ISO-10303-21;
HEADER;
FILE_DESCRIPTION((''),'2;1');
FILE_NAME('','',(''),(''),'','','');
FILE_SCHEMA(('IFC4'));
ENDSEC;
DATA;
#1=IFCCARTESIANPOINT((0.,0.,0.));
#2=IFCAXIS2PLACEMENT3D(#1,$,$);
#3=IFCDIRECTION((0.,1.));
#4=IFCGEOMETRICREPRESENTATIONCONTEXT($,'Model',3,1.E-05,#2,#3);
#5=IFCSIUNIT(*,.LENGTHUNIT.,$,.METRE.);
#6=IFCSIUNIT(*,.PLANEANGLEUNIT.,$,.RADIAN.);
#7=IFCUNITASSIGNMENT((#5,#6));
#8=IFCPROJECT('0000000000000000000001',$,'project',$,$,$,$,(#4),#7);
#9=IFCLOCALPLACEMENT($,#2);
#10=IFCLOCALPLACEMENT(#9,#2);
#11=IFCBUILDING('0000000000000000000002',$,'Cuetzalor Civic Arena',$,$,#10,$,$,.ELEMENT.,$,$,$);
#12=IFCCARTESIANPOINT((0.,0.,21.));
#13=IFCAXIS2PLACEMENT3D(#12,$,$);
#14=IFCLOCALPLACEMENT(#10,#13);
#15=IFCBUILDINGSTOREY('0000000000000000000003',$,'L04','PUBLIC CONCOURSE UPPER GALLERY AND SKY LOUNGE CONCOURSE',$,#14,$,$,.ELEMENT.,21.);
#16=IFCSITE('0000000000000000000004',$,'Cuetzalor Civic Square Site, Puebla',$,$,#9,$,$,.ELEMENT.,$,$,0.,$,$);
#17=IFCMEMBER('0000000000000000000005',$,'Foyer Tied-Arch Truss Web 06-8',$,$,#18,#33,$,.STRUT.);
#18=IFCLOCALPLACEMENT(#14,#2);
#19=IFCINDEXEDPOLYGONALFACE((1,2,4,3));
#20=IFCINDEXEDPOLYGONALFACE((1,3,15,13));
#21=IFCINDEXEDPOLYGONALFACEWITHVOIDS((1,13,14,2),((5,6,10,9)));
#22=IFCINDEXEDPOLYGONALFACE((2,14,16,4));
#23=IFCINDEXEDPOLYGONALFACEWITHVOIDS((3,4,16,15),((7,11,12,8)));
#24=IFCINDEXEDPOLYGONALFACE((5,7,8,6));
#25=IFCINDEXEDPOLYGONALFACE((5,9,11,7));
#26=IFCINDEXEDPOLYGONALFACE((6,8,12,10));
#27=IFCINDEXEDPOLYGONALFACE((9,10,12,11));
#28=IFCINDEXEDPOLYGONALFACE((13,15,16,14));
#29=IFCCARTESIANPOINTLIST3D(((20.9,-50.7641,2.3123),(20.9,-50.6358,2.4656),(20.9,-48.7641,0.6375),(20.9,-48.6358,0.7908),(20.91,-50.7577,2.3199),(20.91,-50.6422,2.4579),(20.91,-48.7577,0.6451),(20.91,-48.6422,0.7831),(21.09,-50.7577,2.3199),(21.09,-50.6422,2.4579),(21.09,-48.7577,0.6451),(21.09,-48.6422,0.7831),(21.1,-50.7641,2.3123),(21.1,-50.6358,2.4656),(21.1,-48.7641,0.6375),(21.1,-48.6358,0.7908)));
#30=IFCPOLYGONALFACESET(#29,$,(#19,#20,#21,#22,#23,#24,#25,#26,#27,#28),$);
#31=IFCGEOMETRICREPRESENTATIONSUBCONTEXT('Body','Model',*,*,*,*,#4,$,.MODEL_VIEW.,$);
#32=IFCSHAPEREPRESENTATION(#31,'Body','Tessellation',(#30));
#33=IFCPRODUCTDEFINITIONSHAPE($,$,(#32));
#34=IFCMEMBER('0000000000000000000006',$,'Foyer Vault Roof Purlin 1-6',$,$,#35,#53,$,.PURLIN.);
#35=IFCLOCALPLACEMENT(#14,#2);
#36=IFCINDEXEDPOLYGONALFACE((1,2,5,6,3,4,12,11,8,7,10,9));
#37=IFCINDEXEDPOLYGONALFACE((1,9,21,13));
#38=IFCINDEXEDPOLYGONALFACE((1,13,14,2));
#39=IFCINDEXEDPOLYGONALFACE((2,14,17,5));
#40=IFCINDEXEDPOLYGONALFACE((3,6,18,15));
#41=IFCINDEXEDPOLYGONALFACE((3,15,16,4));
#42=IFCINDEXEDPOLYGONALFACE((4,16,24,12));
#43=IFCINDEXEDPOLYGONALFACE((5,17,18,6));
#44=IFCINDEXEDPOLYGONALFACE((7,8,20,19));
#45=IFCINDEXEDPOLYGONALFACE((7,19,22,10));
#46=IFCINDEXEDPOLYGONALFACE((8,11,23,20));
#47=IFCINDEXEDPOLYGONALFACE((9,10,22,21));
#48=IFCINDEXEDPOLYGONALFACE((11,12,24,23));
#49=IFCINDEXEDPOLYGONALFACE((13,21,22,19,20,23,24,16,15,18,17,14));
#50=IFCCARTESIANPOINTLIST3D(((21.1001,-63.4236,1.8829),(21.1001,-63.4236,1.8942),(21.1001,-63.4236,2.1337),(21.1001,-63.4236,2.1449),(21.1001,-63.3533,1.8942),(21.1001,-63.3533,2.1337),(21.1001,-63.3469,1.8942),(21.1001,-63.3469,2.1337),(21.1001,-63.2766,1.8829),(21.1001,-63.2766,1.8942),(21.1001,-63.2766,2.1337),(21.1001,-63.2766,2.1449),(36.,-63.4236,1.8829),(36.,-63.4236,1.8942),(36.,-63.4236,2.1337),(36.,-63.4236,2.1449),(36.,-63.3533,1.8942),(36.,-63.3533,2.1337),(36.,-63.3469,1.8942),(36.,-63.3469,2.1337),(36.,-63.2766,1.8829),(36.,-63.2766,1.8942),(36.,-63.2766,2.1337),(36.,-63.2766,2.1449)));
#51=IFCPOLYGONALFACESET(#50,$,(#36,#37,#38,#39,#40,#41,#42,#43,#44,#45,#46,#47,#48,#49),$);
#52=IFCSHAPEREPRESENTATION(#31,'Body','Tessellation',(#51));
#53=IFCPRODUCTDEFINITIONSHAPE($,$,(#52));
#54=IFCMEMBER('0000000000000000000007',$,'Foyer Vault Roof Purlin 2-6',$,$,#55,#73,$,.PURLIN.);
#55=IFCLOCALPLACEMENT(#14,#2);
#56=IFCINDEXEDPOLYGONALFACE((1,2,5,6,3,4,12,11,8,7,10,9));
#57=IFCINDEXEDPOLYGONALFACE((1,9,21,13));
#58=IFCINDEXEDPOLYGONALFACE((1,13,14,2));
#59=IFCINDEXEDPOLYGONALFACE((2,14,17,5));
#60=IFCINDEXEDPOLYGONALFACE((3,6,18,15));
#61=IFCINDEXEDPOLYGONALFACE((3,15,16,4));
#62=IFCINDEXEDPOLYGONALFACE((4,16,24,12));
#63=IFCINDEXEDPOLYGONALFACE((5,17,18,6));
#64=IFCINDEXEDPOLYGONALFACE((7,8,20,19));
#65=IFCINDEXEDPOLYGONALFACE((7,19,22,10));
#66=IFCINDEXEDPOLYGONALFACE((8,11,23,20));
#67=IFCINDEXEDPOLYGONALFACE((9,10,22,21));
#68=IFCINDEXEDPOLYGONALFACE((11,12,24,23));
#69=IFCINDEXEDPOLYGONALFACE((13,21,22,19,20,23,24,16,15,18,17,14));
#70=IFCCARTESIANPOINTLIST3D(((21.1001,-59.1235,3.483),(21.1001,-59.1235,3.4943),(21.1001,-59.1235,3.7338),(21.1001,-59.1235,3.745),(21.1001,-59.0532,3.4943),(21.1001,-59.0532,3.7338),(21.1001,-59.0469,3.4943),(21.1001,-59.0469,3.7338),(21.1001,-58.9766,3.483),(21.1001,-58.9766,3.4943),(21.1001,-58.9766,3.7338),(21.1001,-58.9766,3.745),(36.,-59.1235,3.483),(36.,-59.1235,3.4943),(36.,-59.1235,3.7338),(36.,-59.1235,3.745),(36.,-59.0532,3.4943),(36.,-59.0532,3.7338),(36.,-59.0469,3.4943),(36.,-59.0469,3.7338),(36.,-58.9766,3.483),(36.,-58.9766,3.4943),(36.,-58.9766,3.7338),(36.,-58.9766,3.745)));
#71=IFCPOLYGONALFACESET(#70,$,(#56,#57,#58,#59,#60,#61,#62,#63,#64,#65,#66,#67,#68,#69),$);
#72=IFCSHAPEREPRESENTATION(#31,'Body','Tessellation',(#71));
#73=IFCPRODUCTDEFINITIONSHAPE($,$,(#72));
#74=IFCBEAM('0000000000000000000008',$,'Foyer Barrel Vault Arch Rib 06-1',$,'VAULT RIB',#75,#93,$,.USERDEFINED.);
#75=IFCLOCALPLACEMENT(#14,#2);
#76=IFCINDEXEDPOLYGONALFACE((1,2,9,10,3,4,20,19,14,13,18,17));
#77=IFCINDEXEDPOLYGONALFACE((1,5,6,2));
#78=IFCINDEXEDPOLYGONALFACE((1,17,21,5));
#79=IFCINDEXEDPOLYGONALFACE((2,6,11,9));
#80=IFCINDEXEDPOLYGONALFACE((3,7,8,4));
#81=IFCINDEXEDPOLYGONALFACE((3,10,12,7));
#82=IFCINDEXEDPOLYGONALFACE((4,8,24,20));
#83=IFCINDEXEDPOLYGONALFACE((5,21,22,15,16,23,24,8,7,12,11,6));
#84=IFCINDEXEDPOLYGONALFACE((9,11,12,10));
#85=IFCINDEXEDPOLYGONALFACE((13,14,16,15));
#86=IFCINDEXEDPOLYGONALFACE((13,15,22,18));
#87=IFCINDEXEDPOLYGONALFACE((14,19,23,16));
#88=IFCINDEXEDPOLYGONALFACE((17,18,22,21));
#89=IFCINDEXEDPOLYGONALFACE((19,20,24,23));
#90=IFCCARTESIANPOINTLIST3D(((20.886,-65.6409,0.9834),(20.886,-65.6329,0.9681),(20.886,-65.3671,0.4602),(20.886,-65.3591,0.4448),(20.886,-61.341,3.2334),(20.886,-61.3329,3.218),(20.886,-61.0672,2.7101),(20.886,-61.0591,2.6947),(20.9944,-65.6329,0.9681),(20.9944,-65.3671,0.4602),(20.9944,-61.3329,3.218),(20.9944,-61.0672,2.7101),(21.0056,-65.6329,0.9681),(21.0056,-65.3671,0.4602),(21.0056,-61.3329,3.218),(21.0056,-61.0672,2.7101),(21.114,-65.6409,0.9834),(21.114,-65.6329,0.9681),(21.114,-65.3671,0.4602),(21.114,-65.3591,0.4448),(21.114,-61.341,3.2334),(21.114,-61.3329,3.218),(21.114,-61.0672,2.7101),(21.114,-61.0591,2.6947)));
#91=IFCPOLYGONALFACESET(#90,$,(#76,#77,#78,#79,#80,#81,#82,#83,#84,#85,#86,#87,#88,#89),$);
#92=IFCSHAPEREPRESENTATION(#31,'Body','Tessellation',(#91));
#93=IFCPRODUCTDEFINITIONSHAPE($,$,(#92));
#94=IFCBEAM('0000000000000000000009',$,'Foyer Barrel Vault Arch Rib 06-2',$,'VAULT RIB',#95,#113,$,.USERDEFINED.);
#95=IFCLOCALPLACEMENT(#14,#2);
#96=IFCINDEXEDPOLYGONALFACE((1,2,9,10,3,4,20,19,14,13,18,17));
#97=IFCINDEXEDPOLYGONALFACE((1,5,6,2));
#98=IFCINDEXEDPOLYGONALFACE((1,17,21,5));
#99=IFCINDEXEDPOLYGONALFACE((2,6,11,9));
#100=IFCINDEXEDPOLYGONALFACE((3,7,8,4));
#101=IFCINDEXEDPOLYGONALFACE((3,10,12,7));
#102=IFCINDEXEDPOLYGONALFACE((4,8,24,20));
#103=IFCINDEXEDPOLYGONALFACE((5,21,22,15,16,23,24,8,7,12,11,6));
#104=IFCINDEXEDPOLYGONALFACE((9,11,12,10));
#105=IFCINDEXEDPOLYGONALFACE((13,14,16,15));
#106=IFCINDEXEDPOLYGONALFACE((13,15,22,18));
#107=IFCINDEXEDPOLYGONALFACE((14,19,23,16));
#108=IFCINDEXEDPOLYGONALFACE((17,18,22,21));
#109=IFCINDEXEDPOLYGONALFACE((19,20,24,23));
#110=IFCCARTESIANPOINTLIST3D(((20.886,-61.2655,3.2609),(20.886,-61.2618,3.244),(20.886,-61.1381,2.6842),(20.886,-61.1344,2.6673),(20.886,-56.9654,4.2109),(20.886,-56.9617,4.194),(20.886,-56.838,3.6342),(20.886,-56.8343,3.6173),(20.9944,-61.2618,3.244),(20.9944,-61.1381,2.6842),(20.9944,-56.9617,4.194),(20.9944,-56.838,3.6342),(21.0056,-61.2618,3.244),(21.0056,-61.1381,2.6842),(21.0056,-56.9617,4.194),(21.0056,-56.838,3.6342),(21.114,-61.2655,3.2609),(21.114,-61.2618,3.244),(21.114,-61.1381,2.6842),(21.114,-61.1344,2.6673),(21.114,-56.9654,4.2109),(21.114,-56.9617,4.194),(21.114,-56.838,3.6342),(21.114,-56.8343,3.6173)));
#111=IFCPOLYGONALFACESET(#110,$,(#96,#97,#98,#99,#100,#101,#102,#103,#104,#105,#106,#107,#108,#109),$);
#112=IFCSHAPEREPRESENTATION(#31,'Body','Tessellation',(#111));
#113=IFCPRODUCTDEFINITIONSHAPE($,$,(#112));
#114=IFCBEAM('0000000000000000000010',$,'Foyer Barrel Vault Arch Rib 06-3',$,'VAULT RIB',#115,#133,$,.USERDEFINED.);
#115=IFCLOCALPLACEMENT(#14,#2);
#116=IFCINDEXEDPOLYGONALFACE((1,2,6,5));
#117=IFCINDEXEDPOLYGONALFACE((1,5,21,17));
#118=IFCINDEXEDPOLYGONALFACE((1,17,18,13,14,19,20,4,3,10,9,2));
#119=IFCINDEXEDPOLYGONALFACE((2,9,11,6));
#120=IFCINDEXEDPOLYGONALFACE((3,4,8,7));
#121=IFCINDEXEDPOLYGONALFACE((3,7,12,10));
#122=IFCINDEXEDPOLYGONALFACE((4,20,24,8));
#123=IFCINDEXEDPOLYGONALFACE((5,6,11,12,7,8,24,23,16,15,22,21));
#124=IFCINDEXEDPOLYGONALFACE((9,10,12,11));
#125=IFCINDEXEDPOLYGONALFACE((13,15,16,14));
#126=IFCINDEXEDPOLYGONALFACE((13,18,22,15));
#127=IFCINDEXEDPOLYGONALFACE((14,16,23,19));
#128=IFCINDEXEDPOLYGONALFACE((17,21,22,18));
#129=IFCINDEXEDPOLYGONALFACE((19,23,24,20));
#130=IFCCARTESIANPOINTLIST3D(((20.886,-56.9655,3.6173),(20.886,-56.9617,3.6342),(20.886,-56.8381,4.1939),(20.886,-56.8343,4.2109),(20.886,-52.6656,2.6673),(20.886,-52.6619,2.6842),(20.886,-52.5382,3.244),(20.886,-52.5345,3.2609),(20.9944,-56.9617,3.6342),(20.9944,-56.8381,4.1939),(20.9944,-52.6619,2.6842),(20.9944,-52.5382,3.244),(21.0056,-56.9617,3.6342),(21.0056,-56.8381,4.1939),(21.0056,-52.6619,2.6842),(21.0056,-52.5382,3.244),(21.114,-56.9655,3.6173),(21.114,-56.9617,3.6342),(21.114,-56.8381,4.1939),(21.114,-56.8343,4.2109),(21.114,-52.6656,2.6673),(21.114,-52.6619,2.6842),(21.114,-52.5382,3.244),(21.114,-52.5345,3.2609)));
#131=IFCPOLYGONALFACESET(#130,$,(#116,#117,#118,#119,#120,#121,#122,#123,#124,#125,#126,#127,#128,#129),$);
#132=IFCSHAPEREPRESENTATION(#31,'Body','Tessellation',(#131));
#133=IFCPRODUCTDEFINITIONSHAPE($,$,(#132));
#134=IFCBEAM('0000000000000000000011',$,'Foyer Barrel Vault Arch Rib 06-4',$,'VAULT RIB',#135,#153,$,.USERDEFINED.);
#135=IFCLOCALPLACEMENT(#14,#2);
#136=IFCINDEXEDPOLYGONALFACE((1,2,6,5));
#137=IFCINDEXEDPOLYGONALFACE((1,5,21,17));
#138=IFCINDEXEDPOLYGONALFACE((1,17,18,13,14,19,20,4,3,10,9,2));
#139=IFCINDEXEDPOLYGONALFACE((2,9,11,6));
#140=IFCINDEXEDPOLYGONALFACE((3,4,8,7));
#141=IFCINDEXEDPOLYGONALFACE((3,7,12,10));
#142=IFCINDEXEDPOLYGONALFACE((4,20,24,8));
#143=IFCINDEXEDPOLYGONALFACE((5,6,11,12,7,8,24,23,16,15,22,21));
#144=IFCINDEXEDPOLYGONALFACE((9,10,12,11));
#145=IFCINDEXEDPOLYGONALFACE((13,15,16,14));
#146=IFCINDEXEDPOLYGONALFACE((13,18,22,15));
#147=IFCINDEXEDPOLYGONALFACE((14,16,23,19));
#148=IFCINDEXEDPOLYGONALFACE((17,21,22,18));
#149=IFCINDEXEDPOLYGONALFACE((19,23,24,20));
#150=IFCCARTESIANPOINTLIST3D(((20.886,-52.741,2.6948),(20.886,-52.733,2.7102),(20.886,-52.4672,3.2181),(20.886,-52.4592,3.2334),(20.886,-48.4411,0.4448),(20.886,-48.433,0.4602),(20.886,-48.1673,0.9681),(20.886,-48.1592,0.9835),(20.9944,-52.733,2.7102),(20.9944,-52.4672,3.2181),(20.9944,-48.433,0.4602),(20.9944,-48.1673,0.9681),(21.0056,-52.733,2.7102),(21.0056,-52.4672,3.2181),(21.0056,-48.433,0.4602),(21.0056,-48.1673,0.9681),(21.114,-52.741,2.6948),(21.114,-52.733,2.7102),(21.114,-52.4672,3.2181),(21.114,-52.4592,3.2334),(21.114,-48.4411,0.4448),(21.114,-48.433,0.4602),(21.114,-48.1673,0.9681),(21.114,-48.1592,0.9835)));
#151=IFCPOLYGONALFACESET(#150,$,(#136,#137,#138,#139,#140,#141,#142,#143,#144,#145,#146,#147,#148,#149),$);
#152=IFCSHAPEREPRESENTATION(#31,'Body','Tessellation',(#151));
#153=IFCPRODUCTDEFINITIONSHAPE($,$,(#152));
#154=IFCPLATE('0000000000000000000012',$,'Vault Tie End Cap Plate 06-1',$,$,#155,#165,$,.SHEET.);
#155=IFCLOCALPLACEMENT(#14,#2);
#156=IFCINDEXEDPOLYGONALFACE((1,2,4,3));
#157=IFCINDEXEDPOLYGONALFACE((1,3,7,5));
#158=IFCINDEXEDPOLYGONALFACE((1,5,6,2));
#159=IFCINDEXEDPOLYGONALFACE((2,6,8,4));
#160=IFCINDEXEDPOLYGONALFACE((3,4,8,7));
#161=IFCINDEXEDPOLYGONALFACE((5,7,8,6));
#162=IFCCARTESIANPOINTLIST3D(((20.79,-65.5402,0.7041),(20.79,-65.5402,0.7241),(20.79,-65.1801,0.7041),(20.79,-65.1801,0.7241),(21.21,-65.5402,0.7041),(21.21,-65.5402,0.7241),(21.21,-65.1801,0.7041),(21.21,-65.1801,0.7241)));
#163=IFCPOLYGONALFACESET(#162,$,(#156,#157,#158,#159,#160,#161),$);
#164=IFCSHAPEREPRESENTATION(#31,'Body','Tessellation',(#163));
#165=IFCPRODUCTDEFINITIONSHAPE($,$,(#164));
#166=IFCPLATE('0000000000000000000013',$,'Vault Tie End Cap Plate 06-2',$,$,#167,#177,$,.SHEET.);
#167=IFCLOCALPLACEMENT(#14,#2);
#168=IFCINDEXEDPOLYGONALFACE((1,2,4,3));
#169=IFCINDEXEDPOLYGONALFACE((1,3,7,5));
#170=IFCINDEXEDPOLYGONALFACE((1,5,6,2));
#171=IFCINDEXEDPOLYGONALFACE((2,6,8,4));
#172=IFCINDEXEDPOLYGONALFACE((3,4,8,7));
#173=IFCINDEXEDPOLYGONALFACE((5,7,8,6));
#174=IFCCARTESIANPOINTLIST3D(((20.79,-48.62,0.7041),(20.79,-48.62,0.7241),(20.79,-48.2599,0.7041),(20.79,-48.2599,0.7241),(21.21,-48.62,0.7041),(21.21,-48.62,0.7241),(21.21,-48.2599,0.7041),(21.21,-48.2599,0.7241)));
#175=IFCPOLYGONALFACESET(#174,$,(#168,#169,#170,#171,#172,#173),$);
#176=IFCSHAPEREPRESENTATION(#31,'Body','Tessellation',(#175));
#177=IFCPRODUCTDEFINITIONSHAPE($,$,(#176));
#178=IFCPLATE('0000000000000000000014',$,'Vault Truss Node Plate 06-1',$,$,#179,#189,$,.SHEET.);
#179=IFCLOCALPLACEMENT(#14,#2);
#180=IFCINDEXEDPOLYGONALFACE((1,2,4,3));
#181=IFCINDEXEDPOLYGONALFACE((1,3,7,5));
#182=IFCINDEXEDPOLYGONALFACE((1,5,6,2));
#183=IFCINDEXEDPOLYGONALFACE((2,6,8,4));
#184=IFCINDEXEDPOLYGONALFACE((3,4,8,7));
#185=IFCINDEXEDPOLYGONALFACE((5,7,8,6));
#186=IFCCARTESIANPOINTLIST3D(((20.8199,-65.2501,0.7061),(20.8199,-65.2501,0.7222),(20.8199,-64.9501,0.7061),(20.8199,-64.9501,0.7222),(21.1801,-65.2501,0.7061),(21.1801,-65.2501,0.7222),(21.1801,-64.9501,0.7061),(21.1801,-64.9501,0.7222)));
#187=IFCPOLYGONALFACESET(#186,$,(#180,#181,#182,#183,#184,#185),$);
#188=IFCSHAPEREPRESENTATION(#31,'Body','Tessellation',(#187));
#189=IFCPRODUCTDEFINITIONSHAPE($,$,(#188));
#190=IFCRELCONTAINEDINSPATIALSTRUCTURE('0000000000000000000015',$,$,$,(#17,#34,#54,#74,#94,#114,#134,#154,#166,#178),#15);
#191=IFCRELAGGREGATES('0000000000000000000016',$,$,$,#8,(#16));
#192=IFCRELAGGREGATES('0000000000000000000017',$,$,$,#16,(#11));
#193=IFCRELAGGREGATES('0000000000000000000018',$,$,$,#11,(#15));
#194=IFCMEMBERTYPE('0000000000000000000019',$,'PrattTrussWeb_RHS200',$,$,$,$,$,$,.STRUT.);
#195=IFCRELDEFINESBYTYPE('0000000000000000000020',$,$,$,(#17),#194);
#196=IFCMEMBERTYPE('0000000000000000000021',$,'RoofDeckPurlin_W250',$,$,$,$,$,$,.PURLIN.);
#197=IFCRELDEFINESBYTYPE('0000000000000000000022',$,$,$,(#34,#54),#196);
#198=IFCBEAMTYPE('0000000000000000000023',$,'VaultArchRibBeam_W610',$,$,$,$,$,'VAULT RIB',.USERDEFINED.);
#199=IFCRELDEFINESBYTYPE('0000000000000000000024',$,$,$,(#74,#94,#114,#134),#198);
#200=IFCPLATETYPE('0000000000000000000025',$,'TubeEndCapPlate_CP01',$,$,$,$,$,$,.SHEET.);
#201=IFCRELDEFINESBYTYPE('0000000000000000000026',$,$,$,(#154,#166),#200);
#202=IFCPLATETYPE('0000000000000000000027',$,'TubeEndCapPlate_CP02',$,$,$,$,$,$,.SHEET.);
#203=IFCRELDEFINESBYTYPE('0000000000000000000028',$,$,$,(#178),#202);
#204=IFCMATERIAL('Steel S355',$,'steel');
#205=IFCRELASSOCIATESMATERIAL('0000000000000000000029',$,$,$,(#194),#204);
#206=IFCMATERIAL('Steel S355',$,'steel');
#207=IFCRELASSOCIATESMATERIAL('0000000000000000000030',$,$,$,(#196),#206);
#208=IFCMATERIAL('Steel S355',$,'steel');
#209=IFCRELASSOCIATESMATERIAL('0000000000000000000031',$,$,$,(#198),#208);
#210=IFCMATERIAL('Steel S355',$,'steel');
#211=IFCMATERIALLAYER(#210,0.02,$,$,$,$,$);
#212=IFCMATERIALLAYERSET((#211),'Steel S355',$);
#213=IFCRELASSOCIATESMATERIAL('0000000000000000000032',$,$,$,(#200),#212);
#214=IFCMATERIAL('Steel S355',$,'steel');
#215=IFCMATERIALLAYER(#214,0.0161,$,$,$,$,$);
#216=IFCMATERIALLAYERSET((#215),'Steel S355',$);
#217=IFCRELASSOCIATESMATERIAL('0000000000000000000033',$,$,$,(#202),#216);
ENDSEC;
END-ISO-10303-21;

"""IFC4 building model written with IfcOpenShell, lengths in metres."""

from ifc_helpers import new_model, si_unit, direction, frame, origin, origin_2d, place, context, subcontext, project, spatial, rectangle, hollow_rectangle, i_section, extrude, material, layer, layer_set, material_profile, profile_set, type_object, element, save


model = new_model("IFC4")

# Units and contexts
model_context = context("Model", 3, precision=1e-05, world=origin(), true_north=direction((0.0, 1.0)))
body_context = subcontext(model_context, "Body", "Model", "MODEL_VIEW")
ifc_project = project(units=[si_unit("LENGTHUNIT", "METRE"), si_unit("PLANEANGLEUNIT", "RADIAN")], contexts=[model_context])

# Site, building, storey
site_placement = place(None, origin())
site = spatial("IfcSite", under=ifc_project, at=site_placement, Name="Cuetzalor Civic Square Site, Puebla", CompositionType="ELEMENT", RefElevation=0.0)
building_placement = place(site_placement, origin())
building = spatial("IfcBuilding", under=site, at=building_placement, Name="Cuetzalor Civic Arena", CompositionType="ELEMENT")
storey_placement = place(building_placement, frame((0.0, 0.0, 21.0)))
storey = spatial("IfcBuildingStorey", under=building, at=storey_placement, Name="L04", Description="PUBLIC CONCOURSE UPPER GALLERY AND SKY LOUNGE CONCOURSE", CompositionType="ELEMENT", Elevation=21.0)

# Members
ifc_material_1 = material(Name="Steel S355", Category="steel")
ifc_material_profile_1 = material_profile(ifc_material_1, hollow_rectangle(XDim=0.2, YDim=0.2, WallThickness=0.01, at=origin_2d()), Name="RHS 200x200x10")
ifc_profile_set_1 = profile_set([ifc_material_profile_1], Name="Steel S355")
member_type_1 = type_object("IfcMemberType", Name="PrattTrussWeb_RHS200", PredefinedType="STRUT", material=ifc_profile_set_1)
member_1_placement = place(storey_placement, frame((21.0, -50.7, 2.3889), z_axis=(0.0, 0.766685, -0.642024), x_axis=(-1.0, 0.0, 0.0)))
element("IfcMember", 1, at=member_1_placement, inside=storey, type_object=member_type_1, Name="Foyer Tied-Arch Truss Web 06-8", PredefinedType="STRUT", context=body_context, shape_type="SweptSolid", body=[
    extrude(hollow_rectangle(XDim=0.2, YDim=0.2, WallThickness=0.01, at=origin_2d()), origin(), (0.0, 0.0, 1.0), 2.6086),
])
ifc_material_2 = material(Name="Steel S355", Category="steel")
ifc_material_profile_2 = material_profile(ifc_material_2, i_section(OverallWidth=0.147, OverallDepth=0.262, WebThickness=0.0063, FlangeThickness=0.0112, at=origin_2d()), Name="W250x39")
ifc_profile_set_2 = profile_set([ifc_material_profile_2], Name="Steel S355")
member_type_2 = type_object("IfcMemberType", Name="RoofDeckPurlin_W250", PredefinedType="PURLIN", material=ifc_profile_set_2)
for number, where, z_axis, x_axis, name in (
    (2, (21.1001, -63.3501, 2.0139), (1.0, 0.0, 0.0), (0.0, 1.0, 0.0), "Foyer Vault Roof Purlin 1-6"),
    (3, (21.1001, -59.05, 3.614), (1.0, 0.0, 0.0), (0.0, 1.0, 0.0), "Foyer Vault Roof Purlin 2-6"),
):
    element("IfcMember", number, at=place(storey_placement, frame(where, z_axis=z_axis, x_axis=x_axis)), inside=storey, type_object=member_type_2, Name=name, PredefinedType="PURLIN", context=body_context, shape_type="SweptSolid", body=[
        extrude(i_section(OverallWidth=0.147, OverallDepth=0.262, WebThickness=0.0063, FlangeThickness=0.0112, at=origin_2d()), origin(), (0.0, 0.0, 1.0), 14.8999),
    ])

# Beams
ifc_material_3 = material(Name="Steel S355", Category="steel")
ifc_material_profile_3 = material_profile(ifc_material_3, i_section(OverallWidth=0.228, OverallDepth=0.6079, WebThickness=0.0112, FlangeThickness=0.0173, at=origin_2d()), Name="W610x113")
ifc_profile_set_3 = profile_set([ifc_material_profile_3], Name="Steel S355")
beam_type = type_object("IfcBeamType", Name="VaultArchRibBeam_W610", ElementType="VAULT RIB", PredefinedType="USERDEFINED", material=ifc_profile_set_3)
beam_1_placement = place(storey_placement, frame((21.0, -65.5, 0.7141), z_axis=(0.0, 0.886035, 0.463618), x_axis=(-1.0, 0.0, 0.0)))
element("IfcBeam", 4, at=beam_1_placement, inside=storey, type_object=beam_type, Name="Foyer Barrel Vault Arch Rib 06-1", ObjectType="VAULT RIB", PredefinedType="USERDEFINED", context=body_context, shape_type="SweptSolid", body=[
    extrude(i_section(OverallWidth=0.228, OverallDepth=0.6079, WebThickness=0.0112, FlangeThickness=0.0173, at=origin_2d()), origin(), (0.0, 0.0, 1.0), 4.853),
])
beam_2_placement = place(storey_placement, frame((21.0, -61.2, 2.9641), z_axis=(0.0, 0.976456, 0.215715), x_axis=(-1.0, 0.0, 0.0)))
element("IfcBeam", 5, at=beam_2_placement, inside=storey, type_object=beam_type, Name="Foyer Barrel Vault Arch Rib 06-2", ObjectType="VAULT RIB", PredefinedType="USERDEFINED", context=body_context, shape_type="SweptSolid", body=[
    extrude(i_section(OverallWidth=0.228, OverallDepth=0.6079, WebThickness=0.0112, FlangeThickness=0.0173, at=origin_2d()), origin(), (0.0, 0.0, 1.0), 4.4038),
])
beam_3_placement = place(storey_placement, frame((21.0, -56.8999, 3.9141), z_axis=(0.0, 0.976454, -0.215727), x_axis=(-1.0, 0.0, 0.0)))
element("IfcBeam", 6, at=beam_3_placement, inside=storey, type_object=beam_type, Name="Foyer Barrel Vault Arch Rib 06-3", ObjectType="VAULT RIB", PredefinedType="USERDEFINED", context=body_context, shape_type="SweptSolid", body=[
    extrude(i_section(OverallWidth=0.228, OverallDepth=0.6079, WebThickness=0.0112, FlangeThickness=0.0173, at=origin_2d()), origin(), (0.0, 0.0, 1.0), 4.4036),
])
beam_4_placement = place(storey_placement, frame((21.0, -52.6001, 2.9641), z_axis=(0.0, 0.886035, -0.463618), x_axis=(-1.0, 0.0, 0.0)))
element("IfcBeam", 7, at=beam_4_placement, inside=storey, type_object=beam_type, Name="Foyer Barrel Vault Arch Rib 06-4", ObjectType="VAULT RIB", PredefinedType="USERDEFINED", context=body_context, shape_type="SweptSolid", body=[
    extrude(i_section(OverallWidth=0.228, OverallDepth=0.6079, WebThickness=0.0112, FlangeThickness=0.0173, at=origin_2d()), origin(), (0.0, 0.0, 1.0), 4.853),
])

# Plates
ifc_material_4 = material(Name="Steel S355", Category="steel")
ifc_layer_1 = layer(ifc_material_4, 0.02)
ifc_layer_set_1 = layer_set([ifc_layer_1], Name="Steel S355")
plate_type_1 = type_object("IfcPlateType", Name="TubeEndCapPlate_CP01", PredefinedType="SHEET", material=ifc_layer_set_1)
for number, where, z_axis, x_axis, name in (
    (8, (21.0, -65.3601, 0.7041), (0.0, 0.0, 1.0), (1.0, 0.0, 0.0), "Vault Tie End Cap Plate 06-1"),
    (9, (21.0, -48.4399, 0.7041), (0.0, 0.0, 1.0), (1.0, 0.0, 0.0), "Vault Tie End Cap Plate 06-2"),
):
    element("IfcPlate", number, at=place(storey_placement, frame(where, z_axis=z_axis, x_axis=x_axis)), inside=storey, type_object=plate_type_1, Name=name, PredefinedType="SHEET", context=body_context, shape_type="SweptSolid", body=[
        extrude(rectangle(XDim=0.4199, YDim=0.3601, at=origin_2d()), origin(), (0.0, 0.0, 1.0), 0.02),
    ])
ifc_material_5 = material(Name="Steel S355", Category="steel")
ifc_layer_2 = layer(ifc_material_5, 0.0161)
ifc_layer_set_2 = layer_set([ifc_layer_2], Name="Steel S355")
plate_type_2 = type_object("IfcPlateType", Name="TubeEndCapPlate_CP02", PredefinedType="SHEET", material=ifc_layer_set_2)
for number, where, z_axis, x_axis, name in (
    (10, (21.0, -65.1001, 0.7061), (0.0, 0.0, 1.0), (1.0, 0.0, 0.0), "Vault Truss Node Plate 06-1"),
):
    element("IfcPlate", number, at=place(storey_placement, frame(where, z_axis=z_axis, x_axis=x_axis)), inside=storey, type_object=plate_type_2, Name=name, PredefinedType="SHEET", context=body_context, shape_type="SweptSolid", body=[
        extrude(rectangle(XDim=0.3601, YDim=0.3, at=origin_2d()), origin(), (0.0, 0.0, 1.0), 0.0161),
    ])

save(model, "model.ifc")
